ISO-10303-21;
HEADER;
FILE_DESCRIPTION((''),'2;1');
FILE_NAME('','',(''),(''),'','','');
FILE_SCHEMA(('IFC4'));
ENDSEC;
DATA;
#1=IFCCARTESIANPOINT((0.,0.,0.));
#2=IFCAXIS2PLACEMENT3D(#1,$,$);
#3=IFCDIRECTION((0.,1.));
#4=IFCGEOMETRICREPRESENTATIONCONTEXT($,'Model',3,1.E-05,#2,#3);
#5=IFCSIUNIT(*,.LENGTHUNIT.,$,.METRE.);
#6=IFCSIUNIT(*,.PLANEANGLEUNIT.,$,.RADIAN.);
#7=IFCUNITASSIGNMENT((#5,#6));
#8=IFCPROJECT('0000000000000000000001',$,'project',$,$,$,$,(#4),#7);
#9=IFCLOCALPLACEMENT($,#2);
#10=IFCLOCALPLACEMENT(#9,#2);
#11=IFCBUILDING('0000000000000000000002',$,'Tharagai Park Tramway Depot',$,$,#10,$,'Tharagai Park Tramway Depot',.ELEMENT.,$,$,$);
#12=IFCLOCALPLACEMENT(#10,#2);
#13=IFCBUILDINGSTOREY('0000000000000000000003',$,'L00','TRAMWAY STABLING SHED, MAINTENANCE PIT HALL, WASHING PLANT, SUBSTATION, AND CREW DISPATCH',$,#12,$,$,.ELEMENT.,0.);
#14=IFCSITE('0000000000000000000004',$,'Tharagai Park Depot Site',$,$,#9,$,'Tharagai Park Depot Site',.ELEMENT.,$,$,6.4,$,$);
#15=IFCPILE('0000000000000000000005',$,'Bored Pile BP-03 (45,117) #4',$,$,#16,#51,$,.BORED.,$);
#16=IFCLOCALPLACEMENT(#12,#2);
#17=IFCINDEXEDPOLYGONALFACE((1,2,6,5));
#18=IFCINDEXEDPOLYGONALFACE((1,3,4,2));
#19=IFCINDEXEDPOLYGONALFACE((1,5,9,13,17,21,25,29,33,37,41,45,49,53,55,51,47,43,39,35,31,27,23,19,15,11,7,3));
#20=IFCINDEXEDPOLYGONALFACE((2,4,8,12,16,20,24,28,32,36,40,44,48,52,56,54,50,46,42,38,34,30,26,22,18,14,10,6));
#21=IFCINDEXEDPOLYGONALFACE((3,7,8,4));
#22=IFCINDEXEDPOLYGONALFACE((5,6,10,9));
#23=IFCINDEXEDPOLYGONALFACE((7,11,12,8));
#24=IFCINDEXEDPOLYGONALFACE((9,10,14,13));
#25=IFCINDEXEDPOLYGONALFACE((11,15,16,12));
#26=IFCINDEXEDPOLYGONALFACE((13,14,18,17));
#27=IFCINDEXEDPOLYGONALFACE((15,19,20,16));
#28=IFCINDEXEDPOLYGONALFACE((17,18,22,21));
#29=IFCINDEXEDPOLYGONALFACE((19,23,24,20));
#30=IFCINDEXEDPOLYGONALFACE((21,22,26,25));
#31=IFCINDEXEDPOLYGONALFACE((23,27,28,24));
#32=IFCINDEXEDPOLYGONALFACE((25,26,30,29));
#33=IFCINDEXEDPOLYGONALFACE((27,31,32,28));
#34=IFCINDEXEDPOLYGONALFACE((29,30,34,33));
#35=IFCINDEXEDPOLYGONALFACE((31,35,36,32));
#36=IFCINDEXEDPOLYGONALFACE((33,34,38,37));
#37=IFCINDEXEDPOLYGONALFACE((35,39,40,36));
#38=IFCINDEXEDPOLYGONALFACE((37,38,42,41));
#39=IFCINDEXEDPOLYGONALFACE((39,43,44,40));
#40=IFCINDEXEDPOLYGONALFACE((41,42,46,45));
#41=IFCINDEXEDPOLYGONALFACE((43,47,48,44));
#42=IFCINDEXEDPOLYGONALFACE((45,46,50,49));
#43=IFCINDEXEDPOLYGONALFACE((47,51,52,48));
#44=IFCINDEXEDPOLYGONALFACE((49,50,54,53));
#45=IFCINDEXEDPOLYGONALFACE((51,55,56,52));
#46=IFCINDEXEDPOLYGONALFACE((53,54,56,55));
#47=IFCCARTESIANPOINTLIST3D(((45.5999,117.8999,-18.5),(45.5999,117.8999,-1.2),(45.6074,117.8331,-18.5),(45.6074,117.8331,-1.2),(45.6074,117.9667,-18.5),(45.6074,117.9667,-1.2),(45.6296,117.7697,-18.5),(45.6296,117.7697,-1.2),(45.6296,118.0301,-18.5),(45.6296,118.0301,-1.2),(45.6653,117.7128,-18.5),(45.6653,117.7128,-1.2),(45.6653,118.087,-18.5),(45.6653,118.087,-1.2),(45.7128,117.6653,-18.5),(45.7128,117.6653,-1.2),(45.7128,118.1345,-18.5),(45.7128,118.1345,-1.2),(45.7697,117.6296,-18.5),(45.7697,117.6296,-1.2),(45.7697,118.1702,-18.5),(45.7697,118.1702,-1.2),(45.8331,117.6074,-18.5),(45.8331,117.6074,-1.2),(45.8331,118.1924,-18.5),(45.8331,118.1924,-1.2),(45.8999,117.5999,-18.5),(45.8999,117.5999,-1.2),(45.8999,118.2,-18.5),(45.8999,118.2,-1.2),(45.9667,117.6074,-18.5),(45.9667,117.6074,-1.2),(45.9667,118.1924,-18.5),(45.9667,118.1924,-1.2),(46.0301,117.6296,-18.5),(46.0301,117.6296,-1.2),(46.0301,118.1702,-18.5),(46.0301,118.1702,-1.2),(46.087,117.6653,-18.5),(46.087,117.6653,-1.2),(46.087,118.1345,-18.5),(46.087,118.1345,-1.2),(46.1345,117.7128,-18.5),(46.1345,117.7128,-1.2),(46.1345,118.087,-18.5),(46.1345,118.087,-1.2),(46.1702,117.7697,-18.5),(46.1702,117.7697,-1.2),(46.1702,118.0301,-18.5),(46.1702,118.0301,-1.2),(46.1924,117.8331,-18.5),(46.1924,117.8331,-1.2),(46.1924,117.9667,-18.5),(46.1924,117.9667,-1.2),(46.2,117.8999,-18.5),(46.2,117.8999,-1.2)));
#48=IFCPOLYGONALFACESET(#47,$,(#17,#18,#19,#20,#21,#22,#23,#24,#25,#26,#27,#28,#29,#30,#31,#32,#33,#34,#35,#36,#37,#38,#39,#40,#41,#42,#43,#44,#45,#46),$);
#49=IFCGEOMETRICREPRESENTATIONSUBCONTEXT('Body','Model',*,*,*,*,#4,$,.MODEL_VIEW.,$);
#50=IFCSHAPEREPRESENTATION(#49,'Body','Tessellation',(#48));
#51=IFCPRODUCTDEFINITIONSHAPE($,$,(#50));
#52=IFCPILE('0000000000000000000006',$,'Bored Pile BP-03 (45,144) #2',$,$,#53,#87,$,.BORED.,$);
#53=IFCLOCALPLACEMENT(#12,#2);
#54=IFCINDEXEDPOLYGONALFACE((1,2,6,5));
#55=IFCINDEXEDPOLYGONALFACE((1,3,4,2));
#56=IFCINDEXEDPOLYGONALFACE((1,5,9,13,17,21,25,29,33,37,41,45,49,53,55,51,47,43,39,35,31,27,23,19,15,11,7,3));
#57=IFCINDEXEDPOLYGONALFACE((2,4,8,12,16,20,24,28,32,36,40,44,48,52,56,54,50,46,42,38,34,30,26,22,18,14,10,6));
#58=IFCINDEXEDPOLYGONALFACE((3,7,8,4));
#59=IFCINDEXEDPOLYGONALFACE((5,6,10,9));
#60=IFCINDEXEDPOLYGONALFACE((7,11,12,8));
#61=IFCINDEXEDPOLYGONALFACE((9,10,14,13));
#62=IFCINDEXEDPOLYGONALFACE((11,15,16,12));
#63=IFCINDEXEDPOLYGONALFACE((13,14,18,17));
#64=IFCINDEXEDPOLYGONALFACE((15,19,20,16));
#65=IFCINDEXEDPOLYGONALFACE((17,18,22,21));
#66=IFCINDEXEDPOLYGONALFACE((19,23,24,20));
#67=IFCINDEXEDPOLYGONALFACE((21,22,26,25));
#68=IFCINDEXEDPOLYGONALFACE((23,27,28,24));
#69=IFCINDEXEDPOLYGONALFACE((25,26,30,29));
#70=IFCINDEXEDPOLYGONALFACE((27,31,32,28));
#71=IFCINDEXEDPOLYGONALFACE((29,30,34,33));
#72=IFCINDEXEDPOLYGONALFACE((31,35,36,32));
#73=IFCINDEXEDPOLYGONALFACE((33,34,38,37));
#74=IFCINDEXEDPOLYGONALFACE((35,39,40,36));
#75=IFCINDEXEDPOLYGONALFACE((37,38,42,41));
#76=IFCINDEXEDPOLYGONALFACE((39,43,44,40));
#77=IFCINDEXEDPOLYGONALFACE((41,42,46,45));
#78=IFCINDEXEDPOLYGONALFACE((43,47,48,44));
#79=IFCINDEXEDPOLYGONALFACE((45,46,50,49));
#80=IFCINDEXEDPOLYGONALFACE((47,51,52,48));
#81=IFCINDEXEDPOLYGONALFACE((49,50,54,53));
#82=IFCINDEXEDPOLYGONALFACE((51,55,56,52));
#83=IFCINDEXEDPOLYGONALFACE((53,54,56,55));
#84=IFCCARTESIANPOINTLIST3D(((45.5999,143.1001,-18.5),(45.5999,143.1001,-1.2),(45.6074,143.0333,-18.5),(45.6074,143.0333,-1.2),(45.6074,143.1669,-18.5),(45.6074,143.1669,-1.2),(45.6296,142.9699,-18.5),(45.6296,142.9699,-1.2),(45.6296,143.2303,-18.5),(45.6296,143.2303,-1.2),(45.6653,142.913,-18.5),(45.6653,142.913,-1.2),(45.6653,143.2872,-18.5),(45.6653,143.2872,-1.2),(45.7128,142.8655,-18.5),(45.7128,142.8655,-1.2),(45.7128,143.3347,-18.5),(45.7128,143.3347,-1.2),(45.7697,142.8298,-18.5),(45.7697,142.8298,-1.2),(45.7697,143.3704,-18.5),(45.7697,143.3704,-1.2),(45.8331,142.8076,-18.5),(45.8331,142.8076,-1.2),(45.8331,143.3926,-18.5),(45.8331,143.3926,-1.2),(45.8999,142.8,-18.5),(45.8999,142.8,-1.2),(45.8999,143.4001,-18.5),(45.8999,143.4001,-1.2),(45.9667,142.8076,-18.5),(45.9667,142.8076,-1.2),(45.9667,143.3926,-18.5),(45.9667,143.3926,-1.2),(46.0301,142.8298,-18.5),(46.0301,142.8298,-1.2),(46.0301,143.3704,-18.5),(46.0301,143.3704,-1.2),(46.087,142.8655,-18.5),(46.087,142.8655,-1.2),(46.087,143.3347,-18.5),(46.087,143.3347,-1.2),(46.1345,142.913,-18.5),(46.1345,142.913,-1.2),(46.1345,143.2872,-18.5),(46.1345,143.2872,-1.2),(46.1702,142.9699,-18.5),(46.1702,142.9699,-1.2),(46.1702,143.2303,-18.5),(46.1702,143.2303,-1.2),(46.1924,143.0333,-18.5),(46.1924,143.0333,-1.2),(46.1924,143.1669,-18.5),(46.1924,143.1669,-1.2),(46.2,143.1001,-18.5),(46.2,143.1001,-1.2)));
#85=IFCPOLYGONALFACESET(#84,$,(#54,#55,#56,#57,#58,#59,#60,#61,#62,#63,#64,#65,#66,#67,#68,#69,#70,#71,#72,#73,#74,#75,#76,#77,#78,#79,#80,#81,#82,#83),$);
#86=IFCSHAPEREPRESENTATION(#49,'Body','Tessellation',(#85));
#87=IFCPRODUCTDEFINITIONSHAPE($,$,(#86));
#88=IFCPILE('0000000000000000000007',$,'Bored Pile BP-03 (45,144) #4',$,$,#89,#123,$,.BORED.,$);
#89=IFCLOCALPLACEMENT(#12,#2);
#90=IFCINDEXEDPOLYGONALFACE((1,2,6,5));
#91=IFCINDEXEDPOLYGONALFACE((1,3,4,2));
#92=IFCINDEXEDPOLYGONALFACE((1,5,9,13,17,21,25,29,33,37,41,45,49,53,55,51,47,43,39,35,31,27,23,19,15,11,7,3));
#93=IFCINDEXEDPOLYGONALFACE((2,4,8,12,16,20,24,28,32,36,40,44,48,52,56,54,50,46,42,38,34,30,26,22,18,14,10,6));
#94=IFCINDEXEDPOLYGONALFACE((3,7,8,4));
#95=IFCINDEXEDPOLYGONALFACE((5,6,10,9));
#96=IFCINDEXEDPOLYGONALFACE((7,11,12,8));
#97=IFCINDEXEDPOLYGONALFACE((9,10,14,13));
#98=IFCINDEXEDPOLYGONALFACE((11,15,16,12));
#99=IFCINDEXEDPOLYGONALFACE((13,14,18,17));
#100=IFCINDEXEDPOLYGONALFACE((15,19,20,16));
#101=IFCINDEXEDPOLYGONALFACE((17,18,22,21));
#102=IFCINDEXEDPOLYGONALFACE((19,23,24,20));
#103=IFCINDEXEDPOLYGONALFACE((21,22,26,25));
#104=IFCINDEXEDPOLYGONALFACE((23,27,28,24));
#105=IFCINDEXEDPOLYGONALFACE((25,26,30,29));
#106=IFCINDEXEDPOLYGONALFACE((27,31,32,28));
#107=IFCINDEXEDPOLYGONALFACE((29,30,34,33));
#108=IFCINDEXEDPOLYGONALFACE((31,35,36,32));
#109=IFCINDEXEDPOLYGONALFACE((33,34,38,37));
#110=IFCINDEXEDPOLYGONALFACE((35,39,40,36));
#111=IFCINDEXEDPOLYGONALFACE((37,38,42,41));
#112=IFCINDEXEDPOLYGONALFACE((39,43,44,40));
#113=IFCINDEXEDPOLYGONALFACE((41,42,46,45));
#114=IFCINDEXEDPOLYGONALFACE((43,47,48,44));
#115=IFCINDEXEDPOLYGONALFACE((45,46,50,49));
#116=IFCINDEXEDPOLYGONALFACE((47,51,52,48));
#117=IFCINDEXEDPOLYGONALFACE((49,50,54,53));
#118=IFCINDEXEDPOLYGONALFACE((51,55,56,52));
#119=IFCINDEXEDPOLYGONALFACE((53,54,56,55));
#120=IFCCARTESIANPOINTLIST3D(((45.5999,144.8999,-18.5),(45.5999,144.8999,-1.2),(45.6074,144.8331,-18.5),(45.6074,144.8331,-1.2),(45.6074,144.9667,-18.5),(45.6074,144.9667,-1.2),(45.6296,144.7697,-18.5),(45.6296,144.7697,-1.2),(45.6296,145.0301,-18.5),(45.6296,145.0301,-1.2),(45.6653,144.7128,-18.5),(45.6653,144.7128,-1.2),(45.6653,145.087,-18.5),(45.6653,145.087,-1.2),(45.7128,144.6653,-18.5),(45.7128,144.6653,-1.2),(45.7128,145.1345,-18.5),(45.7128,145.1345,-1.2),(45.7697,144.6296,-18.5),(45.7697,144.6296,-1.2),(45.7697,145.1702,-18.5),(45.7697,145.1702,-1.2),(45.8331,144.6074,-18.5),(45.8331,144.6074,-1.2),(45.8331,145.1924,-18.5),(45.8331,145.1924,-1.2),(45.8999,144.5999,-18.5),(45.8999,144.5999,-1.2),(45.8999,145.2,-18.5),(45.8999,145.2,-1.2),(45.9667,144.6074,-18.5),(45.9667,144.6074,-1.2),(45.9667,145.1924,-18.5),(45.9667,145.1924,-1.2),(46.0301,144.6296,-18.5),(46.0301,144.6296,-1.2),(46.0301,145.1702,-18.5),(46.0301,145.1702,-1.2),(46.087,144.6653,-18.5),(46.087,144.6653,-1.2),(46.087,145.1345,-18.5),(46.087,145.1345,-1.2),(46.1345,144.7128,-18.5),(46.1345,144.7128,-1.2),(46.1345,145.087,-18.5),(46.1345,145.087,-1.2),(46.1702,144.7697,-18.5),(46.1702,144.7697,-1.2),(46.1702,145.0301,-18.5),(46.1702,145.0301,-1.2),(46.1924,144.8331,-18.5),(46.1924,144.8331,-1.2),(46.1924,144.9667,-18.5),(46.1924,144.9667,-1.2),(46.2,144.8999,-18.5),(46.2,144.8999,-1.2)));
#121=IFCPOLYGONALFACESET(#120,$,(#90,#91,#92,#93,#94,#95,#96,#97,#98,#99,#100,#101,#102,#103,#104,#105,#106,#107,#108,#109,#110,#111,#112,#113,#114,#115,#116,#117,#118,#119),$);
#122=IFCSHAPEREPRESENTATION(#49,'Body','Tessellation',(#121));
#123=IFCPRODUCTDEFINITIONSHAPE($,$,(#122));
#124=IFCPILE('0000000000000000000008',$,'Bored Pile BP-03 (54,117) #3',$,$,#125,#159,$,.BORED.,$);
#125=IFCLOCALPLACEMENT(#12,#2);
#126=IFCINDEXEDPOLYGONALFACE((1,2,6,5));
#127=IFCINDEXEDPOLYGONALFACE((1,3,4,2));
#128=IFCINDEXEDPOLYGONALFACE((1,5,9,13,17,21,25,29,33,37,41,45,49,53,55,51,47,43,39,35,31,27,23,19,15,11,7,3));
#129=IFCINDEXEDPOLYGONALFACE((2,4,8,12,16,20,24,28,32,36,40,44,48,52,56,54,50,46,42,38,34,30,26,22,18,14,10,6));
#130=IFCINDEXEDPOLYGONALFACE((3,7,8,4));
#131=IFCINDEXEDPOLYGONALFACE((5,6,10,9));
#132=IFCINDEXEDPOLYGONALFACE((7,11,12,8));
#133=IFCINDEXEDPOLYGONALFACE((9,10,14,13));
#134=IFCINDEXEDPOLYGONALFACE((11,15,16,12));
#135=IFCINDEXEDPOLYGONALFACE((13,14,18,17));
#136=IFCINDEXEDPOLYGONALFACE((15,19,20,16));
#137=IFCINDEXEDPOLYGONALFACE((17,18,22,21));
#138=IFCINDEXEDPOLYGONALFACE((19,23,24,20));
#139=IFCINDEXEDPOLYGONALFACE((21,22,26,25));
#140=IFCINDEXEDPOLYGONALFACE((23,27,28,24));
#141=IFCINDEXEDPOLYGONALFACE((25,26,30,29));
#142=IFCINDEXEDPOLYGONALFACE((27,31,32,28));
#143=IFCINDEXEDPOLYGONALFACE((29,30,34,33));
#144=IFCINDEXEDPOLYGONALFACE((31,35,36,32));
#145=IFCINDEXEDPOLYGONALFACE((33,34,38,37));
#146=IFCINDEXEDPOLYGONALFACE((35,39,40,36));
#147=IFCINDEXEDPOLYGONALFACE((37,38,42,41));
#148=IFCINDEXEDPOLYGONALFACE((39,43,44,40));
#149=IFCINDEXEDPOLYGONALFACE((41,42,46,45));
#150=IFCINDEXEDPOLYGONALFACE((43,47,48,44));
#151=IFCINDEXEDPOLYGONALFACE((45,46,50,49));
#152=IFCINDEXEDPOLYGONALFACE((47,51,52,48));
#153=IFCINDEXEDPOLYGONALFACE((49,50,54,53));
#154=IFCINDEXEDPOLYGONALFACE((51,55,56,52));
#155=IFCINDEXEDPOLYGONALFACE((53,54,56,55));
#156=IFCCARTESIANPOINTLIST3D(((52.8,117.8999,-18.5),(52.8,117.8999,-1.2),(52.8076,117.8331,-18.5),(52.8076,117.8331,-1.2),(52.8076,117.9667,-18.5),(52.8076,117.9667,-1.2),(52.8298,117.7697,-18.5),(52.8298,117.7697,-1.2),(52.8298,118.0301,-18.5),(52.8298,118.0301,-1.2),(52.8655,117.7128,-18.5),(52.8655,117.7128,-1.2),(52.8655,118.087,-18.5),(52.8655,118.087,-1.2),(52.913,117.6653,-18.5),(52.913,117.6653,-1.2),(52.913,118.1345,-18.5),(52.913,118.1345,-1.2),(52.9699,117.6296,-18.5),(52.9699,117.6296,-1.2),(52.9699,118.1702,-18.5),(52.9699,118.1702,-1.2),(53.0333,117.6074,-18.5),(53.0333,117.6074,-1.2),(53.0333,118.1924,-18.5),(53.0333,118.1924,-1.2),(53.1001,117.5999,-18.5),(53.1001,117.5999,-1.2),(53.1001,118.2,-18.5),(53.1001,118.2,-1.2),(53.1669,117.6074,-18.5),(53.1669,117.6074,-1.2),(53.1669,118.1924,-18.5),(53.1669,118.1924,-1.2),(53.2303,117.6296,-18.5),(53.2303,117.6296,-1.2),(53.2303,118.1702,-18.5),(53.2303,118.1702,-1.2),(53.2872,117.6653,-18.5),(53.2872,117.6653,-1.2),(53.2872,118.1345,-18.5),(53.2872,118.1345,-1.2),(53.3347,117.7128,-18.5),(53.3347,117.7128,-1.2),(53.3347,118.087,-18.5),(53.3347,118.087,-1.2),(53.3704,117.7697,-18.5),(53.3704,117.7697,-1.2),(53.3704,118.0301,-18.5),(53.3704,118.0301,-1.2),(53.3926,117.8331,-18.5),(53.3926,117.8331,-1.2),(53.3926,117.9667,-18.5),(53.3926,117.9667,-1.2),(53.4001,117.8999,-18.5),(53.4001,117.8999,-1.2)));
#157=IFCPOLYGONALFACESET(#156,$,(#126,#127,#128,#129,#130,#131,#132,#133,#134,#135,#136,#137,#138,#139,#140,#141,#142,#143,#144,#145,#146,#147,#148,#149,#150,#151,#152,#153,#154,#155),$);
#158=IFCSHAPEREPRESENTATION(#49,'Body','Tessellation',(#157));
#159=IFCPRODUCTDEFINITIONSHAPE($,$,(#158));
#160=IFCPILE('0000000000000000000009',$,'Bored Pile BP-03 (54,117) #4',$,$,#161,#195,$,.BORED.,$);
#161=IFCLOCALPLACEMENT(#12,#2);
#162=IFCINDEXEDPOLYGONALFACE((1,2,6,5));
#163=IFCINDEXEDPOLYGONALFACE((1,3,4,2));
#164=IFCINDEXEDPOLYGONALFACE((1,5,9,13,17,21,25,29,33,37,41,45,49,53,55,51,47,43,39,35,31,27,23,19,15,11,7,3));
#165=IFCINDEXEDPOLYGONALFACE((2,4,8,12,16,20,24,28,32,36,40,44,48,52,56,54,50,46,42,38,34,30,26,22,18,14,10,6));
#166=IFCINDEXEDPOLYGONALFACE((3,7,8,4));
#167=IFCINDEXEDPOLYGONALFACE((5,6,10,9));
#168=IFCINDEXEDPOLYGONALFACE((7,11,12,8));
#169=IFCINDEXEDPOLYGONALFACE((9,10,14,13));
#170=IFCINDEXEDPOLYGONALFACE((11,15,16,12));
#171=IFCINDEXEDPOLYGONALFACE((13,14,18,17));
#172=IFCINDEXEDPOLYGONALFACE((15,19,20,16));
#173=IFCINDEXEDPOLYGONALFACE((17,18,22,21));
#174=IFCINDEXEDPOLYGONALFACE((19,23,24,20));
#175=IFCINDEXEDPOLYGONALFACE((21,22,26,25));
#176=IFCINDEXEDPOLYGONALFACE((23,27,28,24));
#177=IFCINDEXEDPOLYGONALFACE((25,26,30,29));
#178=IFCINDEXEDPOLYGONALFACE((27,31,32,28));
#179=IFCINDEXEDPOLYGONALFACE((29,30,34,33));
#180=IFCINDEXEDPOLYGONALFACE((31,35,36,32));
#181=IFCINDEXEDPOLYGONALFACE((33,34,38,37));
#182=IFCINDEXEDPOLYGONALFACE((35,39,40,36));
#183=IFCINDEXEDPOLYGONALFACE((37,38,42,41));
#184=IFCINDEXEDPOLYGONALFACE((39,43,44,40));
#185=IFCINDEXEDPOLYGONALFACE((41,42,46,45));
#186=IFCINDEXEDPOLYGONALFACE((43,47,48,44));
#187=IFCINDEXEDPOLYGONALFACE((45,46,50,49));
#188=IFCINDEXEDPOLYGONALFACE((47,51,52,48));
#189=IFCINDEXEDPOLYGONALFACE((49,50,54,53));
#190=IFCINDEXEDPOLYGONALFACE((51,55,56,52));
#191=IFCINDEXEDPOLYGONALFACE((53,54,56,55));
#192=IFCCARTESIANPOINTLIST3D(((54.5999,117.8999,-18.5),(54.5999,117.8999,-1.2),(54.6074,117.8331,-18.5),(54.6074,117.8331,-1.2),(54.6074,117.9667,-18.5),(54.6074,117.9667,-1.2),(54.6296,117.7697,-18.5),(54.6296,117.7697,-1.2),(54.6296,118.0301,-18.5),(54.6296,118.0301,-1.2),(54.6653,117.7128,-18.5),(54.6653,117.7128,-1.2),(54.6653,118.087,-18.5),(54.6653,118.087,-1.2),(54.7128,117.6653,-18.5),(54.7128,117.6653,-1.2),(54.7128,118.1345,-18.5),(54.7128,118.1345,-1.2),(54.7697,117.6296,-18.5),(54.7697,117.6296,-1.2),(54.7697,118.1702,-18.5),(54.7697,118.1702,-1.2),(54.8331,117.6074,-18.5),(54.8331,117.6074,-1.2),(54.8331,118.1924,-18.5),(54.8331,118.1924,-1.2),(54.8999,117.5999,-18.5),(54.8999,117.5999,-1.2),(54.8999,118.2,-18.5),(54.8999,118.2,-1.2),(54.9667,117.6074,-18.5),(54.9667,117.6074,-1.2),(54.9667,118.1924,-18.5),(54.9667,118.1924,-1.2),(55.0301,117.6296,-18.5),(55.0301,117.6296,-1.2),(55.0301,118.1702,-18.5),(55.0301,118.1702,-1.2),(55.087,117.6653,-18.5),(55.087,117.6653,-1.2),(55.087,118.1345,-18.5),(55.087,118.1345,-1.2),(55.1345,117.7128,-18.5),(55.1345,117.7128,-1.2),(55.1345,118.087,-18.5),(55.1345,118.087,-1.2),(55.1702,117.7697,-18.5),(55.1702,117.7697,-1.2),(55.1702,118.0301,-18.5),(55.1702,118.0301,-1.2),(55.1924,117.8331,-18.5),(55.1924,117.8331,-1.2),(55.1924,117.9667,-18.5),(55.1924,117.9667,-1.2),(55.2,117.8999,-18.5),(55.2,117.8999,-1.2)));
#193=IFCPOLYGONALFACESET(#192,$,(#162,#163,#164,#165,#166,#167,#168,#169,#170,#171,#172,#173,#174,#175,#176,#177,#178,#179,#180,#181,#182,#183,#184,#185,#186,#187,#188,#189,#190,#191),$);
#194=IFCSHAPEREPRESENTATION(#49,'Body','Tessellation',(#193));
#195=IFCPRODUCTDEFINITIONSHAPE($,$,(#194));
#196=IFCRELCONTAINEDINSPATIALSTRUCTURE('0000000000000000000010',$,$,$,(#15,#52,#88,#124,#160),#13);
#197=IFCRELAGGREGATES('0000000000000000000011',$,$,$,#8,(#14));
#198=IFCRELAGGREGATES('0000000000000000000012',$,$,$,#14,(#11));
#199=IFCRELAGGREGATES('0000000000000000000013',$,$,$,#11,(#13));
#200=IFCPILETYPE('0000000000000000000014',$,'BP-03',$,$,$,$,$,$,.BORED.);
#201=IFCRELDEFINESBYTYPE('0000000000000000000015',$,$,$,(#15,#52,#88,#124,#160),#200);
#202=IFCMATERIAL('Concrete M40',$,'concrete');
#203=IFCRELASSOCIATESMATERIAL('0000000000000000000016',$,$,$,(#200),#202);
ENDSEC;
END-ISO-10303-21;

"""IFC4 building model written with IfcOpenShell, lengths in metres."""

from ifc_helpers import new_model, si_unit, direction, frame, origin, origin_2d, place, context, subcontext, project, spatial, circle, extrude, material, material_profile, profile_set, type_object, element, save


model = new_model("IFC4")

# Units and contexts
model_context = context("Model", 3, precision=1e-05, world=origin(), true_north=direction((0.0, 1.0)))
body_context = subcontext(model_context, "Body", "Model", "MODEL_VIEW")
ifc_project = project(units=[si_unit("LENGTHUNIT", "METRE"), si_unit("PLANEANGLEUNIT", "RADIAN")], contexts=[model_context])

# Site, building, storey
site_placement = place(None, origin())
site = spatial("IfcSite", under=ifc_project, at=site_placement, Name="Tharagai Park Depot Site", LongName="Tharagai Park Depot Site", CompositionType="ELEMENT", RefElevation=6.4)
building_placement = place(site_placement, origin())
building = spatial("IfcBuilding", under=site, at=building_placement, Name="Tharagai Park Tramway Depot", LongName="Tharagai Park Tramway Depot", CompositionType="ELEMENT")
storey_placement = place(building_placement, origin())
storey = spatial("IfcBuildingStorey", under=building, at=storey_placement, Name="L00", Description="TRAMWAY STABLING SHED, MAINTENANCE PIT HALL, WASHING PLANT, SUBSTATION, AND CREW DISPATCH", CompositionType="ELEMENT", Elevation=0.0)

# Piles
ifc_material_1 = material(Name="Concrete M40", Category="concrete")
ifc_material_profile_1 = material_profile(ifc_material_1, circle(Radius=0.3, at=origin_2d()), Name="PILE D600")
ifc_profile_set_1 = profile_set([ifc_material_profile_1], Name="Concrete M40")
pile_type = type_object("IfcPileType", Name="BP-03", PredefinedType="BORED", material=ifc_profile_set_1)
for number, where, z_axis, x_axis, name in (
    (1, (45.8999, 117.8999, -1.2), (0.0, 0.0, -1.0), (1.0, 0.0, 0.0), "Bored Pile BP-03 (45,117) #4"),
    (2, (45.8999, 143.1001, -1.2), (0.0, 0.0, -1.0), (1.0, 0.0, 0.0), "Bored Pile BP-03 (45,144) #2"),
    (3, (45.8999, 144.8999, -1.2), (0.0, 0.0, -1.0), (1.0, 0.0, 0.0), "Bored Pile BP-03 (45,144) #4"),
    (4, (53.1001, 117.8999, -1.2), (0.0, 0.0, -1.0), (1.0, 0.0, 0.0), "Bored Pile BP-03 (54,117) #3"),
    (5, (54.8999, 117.8999, -1.2), (0.0, 0.0, -1.0), (1.0, 0.0, 0.0), "Bored Pile BP-03 (54,117) #4"),
):
    element("IfcPile", number, at=place(storey_placement, frame(where, z_axis=z_axis, x_axis=x_axis)), inside=storey, type_object=pile_type, Name=name, PredefinedType="BORED", context=body_context, shape_type="SweptSolid", body=[
        extrude(circle(Radius=0.3, at=origin_2d()), origin(), (0.0, 0.0, 1.0), 17.3),
    ])

save(model, "model.ifc")
